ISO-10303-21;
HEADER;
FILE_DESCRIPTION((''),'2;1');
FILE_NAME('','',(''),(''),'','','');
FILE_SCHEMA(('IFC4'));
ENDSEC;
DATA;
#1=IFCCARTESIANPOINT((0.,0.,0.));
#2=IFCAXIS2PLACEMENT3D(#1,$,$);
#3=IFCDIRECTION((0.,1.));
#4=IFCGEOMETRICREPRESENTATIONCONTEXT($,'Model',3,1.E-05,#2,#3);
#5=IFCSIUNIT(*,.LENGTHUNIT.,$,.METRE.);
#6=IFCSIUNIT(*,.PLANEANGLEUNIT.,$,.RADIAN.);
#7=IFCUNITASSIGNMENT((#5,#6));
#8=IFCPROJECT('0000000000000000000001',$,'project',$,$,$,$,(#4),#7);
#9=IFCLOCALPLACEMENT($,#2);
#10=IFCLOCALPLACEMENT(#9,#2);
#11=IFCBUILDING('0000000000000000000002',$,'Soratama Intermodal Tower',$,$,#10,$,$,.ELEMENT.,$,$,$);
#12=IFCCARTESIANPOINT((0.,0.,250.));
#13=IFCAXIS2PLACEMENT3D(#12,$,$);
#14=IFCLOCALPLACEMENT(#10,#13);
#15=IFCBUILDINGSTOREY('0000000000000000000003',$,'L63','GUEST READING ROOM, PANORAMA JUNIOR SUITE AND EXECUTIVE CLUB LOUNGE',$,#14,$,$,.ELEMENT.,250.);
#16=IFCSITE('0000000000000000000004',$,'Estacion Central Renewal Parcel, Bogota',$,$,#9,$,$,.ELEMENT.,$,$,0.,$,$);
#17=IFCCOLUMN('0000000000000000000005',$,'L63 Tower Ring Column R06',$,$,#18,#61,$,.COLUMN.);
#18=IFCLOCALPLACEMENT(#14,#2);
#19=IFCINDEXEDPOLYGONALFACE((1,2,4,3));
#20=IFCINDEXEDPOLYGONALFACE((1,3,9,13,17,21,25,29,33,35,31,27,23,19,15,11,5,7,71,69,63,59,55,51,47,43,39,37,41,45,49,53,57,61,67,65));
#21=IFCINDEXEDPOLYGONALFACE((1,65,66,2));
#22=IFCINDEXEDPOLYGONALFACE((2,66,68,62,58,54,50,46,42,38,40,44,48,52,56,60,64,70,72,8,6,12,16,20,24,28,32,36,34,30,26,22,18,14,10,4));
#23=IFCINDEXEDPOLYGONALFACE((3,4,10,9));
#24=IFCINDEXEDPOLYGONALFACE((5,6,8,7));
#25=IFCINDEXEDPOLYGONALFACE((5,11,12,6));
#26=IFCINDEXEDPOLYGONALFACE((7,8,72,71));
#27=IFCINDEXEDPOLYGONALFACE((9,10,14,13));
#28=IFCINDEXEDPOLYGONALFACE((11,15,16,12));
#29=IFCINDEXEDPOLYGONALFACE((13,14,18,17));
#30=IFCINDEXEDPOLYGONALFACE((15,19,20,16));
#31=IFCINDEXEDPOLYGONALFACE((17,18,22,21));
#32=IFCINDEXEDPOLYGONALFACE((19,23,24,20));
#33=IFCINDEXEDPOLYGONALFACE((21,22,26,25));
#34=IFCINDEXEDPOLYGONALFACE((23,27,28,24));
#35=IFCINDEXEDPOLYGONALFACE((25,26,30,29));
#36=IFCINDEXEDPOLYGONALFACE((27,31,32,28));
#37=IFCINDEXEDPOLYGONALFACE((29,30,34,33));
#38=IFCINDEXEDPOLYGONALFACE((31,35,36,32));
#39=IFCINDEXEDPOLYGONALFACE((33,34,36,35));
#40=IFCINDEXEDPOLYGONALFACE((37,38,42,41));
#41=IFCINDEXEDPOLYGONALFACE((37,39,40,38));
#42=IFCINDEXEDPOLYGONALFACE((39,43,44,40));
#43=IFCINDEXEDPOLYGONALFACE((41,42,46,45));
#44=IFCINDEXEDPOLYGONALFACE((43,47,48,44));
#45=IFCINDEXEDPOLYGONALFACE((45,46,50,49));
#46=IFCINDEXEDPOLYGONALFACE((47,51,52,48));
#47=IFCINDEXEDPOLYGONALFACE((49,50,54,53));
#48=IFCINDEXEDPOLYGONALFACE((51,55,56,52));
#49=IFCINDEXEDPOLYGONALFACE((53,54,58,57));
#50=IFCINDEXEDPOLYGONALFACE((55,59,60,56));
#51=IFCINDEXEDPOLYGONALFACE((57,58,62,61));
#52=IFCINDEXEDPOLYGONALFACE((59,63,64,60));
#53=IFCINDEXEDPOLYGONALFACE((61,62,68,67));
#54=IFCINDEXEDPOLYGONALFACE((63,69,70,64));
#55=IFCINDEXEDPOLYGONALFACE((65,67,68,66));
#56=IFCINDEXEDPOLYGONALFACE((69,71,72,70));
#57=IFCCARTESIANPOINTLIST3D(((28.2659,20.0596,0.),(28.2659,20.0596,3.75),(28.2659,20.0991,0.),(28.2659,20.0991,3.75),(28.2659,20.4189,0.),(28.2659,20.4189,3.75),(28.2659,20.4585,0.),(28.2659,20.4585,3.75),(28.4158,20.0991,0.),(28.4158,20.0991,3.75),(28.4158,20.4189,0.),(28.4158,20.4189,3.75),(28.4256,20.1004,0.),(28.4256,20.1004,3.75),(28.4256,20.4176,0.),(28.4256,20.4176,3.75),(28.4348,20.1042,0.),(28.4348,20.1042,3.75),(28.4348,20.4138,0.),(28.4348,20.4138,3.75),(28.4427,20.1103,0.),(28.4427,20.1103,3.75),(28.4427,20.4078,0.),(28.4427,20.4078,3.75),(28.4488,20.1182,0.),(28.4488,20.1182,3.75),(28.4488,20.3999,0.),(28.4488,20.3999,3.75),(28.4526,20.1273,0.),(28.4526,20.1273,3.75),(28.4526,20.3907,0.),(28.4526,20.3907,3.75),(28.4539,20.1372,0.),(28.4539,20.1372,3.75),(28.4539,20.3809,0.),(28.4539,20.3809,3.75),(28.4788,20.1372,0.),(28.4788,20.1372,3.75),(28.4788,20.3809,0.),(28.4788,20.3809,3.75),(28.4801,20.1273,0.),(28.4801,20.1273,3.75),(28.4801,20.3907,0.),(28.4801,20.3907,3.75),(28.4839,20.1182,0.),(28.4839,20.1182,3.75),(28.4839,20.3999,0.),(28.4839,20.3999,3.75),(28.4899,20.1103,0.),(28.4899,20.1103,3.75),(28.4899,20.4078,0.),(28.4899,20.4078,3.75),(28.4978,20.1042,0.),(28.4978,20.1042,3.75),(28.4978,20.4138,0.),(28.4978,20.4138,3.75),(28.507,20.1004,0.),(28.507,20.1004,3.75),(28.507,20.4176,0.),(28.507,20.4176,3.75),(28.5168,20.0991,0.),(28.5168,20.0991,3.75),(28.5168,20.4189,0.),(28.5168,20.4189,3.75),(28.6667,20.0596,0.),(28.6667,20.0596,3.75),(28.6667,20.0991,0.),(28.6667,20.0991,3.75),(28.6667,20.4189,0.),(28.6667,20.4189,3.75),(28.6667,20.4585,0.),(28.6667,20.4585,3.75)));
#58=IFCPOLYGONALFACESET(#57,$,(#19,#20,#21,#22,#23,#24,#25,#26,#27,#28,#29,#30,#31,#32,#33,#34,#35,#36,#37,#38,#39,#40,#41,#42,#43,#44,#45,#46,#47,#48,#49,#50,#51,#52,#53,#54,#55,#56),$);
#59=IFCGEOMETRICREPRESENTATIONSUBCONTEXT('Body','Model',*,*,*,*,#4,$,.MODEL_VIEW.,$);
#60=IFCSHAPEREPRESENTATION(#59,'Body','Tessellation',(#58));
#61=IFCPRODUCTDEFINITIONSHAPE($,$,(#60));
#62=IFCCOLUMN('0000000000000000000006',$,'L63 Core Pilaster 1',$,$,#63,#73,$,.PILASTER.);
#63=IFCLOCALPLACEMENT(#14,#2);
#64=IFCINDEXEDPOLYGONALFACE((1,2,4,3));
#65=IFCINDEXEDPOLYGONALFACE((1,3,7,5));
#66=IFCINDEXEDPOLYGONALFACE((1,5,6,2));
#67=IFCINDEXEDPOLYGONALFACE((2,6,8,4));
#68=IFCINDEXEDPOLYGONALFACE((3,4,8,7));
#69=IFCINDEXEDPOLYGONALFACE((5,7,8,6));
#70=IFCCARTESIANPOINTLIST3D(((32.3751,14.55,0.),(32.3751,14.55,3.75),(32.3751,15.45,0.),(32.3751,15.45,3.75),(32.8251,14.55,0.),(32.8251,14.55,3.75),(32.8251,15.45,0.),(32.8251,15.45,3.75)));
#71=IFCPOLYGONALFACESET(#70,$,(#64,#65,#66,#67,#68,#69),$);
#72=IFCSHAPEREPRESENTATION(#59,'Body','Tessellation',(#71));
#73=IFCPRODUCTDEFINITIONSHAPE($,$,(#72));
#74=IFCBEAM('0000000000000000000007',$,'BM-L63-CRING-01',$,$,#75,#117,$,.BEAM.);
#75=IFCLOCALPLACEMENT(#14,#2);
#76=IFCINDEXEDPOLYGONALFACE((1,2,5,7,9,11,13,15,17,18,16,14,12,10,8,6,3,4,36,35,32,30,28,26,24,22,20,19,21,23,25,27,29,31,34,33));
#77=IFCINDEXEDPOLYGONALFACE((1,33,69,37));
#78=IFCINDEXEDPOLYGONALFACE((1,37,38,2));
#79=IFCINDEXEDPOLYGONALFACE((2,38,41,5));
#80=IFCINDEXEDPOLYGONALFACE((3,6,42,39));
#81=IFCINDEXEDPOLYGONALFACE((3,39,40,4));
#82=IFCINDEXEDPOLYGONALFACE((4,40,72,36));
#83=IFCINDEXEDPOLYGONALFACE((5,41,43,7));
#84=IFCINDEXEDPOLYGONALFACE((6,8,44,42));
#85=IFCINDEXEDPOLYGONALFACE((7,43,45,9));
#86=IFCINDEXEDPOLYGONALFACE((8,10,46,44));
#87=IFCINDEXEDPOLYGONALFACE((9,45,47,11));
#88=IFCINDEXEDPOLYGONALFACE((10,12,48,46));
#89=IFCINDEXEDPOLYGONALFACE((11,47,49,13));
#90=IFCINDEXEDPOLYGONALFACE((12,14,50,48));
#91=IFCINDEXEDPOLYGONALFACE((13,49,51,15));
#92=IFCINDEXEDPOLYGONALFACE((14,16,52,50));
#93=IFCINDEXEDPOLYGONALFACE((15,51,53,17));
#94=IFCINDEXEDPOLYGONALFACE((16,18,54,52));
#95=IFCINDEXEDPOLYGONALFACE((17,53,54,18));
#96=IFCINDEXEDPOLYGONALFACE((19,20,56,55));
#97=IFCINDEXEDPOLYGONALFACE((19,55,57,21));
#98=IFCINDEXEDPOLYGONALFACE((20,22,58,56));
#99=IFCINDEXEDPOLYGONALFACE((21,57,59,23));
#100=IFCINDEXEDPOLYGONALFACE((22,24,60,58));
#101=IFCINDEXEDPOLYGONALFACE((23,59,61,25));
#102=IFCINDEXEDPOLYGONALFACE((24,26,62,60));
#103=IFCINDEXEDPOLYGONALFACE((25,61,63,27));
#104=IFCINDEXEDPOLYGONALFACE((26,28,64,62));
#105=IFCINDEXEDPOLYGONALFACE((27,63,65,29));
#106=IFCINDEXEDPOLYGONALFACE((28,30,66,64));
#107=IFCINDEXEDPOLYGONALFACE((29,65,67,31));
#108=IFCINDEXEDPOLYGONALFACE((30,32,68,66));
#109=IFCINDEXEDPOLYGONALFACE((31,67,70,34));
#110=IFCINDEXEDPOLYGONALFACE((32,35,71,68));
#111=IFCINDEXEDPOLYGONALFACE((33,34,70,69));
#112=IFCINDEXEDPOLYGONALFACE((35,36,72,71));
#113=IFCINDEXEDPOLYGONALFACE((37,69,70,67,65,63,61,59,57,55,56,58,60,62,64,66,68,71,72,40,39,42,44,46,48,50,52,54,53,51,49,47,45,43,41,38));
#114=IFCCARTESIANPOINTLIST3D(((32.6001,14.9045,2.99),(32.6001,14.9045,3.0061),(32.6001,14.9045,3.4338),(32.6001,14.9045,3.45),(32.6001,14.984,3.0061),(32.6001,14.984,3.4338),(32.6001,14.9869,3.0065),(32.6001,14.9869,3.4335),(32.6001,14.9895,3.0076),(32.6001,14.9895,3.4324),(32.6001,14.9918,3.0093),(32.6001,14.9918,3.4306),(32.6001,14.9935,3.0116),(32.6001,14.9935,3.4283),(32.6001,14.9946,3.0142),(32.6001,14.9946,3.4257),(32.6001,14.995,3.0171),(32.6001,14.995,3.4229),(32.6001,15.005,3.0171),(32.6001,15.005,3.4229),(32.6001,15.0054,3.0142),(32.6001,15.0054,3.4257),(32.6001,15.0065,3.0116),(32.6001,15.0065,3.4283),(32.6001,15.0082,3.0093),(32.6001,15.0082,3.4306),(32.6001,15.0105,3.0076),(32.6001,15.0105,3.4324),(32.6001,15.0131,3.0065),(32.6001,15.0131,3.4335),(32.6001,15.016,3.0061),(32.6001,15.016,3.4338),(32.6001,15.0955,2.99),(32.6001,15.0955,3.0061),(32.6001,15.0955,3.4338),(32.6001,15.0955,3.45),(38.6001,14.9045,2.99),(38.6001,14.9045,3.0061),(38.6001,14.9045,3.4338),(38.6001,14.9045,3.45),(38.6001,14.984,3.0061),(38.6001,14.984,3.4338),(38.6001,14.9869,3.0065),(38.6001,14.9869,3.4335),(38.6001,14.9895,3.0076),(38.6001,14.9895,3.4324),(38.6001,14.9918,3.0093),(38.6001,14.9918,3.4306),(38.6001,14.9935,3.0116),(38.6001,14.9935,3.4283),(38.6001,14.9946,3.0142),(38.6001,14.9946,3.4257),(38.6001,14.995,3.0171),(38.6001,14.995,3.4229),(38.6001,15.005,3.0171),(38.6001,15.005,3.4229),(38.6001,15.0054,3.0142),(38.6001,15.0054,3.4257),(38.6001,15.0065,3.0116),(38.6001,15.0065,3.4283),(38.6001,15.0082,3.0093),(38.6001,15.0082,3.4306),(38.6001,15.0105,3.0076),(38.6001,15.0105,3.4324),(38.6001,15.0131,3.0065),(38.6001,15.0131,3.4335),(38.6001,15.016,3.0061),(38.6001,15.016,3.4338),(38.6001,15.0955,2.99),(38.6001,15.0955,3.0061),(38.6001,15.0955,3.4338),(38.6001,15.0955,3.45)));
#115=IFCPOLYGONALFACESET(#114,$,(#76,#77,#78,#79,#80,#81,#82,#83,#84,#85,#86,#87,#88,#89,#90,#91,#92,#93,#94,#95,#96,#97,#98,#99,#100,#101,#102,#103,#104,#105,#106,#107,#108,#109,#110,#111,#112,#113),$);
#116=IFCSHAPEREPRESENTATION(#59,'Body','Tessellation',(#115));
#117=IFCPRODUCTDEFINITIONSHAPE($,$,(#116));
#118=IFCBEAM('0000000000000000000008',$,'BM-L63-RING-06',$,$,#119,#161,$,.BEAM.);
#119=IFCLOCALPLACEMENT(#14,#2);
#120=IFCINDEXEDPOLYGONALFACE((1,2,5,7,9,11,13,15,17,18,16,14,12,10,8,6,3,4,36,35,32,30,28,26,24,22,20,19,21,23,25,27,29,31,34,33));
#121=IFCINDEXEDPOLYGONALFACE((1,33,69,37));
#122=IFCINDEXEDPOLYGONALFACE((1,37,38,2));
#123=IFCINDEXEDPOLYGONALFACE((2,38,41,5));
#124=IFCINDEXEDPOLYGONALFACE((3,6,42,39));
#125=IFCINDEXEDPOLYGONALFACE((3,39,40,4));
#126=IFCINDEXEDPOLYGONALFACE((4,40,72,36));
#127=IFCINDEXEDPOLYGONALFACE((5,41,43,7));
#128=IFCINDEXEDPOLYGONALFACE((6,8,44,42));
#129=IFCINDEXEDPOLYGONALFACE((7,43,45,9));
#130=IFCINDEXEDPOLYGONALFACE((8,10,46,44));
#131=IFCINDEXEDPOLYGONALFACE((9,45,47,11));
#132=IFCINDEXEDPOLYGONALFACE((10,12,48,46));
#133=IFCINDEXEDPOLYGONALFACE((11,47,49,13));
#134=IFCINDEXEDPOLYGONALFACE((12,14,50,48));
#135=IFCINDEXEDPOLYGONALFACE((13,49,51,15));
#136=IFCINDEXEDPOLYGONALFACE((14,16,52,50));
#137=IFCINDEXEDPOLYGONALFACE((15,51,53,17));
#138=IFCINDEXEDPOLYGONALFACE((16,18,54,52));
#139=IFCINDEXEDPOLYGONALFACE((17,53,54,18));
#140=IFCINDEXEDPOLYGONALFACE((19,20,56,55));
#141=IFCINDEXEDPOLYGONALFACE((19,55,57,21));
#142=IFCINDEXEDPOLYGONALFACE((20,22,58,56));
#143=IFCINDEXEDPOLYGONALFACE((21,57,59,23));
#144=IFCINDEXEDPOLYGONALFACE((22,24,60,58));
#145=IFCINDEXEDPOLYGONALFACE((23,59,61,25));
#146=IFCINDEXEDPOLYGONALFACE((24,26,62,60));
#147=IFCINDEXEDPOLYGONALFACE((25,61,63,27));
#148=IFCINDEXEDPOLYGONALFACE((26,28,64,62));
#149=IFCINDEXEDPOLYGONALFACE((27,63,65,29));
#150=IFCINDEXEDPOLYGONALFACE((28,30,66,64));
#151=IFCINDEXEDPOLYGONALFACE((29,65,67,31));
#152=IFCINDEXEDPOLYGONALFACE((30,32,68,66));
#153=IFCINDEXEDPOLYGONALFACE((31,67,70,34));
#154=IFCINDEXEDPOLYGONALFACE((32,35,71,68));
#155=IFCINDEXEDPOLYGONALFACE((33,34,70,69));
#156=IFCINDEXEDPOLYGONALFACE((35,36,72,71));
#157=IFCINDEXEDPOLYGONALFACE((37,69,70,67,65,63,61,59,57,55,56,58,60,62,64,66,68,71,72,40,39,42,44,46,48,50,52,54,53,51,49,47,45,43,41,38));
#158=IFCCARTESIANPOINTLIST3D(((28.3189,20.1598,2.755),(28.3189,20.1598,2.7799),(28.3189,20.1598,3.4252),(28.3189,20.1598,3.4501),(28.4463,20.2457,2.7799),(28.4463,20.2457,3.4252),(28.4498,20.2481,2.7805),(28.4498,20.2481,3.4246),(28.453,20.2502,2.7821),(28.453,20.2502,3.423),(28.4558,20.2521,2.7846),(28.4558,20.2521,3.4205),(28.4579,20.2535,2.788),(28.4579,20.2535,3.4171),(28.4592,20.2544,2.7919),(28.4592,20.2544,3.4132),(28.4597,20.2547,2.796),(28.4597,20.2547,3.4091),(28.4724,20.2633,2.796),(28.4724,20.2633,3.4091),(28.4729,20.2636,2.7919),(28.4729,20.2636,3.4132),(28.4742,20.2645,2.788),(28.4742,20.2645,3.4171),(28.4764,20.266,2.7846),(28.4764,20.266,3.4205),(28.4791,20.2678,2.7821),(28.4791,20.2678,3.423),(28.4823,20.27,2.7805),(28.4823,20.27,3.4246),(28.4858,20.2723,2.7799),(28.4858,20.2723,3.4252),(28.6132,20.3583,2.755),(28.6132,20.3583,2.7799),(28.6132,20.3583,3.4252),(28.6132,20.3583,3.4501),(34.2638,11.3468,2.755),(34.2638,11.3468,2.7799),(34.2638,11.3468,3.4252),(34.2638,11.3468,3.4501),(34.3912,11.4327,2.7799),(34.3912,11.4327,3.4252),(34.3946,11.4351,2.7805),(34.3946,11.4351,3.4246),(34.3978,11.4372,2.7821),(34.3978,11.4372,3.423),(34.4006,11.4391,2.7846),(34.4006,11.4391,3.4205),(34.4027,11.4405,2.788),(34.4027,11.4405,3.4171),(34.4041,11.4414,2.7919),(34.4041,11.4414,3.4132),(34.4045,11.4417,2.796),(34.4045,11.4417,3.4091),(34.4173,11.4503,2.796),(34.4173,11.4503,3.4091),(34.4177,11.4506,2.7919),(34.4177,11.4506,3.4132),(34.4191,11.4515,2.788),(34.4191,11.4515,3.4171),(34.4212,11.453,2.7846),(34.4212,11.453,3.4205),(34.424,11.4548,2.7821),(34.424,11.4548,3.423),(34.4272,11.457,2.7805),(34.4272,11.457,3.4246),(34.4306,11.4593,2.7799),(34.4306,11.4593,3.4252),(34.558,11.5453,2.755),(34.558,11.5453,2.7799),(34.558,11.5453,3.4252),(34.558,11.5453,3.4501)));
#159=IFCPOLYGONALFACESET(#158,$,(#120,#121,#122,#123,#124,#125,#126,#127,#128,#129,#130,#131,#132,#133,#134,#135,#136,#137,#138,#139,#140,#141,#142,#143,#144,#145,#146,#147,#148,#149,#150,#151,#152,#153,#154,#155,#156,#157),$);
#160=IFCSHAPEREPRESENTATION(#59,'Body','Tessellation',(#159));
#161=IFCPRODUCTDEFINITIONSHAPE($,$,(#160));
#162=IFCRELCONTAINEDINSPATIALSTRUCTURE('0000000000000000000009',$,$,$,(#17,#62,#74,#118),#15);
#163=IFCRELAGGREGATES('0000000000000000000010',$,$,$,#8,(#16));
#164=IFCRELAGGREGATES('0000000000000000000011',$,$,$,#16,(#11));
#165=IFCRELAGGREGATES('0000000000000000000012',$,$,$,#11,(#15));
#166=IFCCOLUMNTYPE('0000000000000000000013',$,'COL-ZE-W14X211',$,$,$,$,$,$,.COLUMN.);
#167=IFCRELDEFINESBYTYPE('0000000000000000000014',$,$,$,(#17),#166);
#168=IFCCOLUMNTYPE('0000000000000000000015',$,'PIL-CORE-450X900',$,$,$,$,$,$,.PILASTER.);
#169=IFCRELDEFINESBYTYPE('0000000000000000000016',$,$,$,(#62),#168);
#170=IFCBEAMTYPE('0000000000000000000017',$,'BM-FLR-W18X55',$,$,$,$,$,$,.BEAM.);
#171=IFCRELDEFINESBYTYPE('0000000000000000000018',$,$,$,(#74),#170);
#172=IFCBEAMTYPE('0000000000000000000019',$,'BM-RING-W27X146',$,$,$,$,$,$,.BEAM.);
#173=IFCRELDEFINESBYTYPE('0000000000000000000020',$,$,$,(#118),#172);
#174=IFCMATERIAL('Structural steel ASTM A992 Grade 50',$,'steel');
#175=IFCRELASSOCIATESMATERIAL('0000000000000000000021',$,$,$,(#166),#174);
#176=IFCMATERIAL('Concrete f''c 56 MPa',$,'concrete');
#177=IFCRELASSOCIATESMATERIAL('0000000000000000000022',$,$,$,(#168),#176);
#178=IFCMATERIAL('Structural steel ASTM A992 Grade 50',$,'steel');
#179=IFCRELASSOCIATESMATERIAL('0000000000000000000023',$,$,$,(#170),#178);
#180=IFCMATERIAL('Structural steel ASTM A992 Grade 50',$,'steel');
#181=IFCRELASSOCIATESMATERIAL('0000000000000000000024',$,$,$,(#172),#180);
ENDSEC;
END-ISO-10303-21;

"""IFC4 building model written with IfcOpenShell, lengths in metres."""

from ifc_helpers import new_model, si_unit, direction, frame, origin, origin_2d, place, context, subcontext, project, spatial, rectangle, i_section, extrude, material, material_profile, profile_set, type_object, element, save


model = new_model("IFC4")

# Units and contexts
model_context = context("Model", 3, precision=1e-05, world=origin(), true_north=direction((0.0, 1.0)))
body_context = subcontext(model_context, "Body", "Model", "MODEL_VIEW")
ifc_project = project(units=[si_unit("LENGTHUNIT", "METRE"), si_unit("PLANEANGLEUNIT", "RADIAN")], contexts=[model_context])

# Site, building, storey
site_placement = place(None, origin())
site = spatial("IfcSite", under=ifc_project, at=site_placement, Name="Estacion Central Renewal Parcel, Bogota", CompositionType="ELEMENT", RefElevation=0.0)
building_placement = place(site_placement, origin())
building = spatial("IfcBuilding", under=site, at=building_placement, Name="Soratama Intermodal Tower", CompositionType="ELEMENT")
storey_placement = place(building_placement, frame((0.0, 0.0, 250.0)))
storey = spatial("IfcBuildingStorey", under=building, at=storey_placement, Name="L63", Description="GUEST READING ROOM, PANORAMA JUNIOR SUITE AND EXECUTIVE CLUB LOUNGE", CompositionType="ELEMENT", Elevation=250.0)

# Columns
ifc_material_1 = material(Name="Structural steel ASTM A992 Grade 50", Category="steel")
ifc_material_profile_1 = material_profile(ifc_material_1, i_section(OverallWidth=0.4009, OverallDepth=0.3989, WebThickness=0.0249, FlangeThickness=0.0396, FilletRadius=0.0381, at=origin_2d()), Name="W14X211")
ifc_profile_set_1 = profile_set([ifc_material_profile_1], Name="Structural steel ASTM A992 Grade 50")
column_type_1 = type_object("IfcColumnType", Name="COL-ZE-W14X211", PredefinedType="COLUMN", material=ifc_profile_set_1)
column_1_placement = place(storey_placement, frame((28.4663, 20.259, 0.0), z_axis=(0.0, 0.0, 1.0), x_axis=(1.0, 0.0, 0.0)))
element("IfcColumn", 1, at=column_1_placement, inside=storey, type_object=column_type_1, Name="L63 Tower Ring Column R06", PredefinedType="COLUMN", context=body_context, shape_type="SweptSolid", body=[
    extrude(i_section(OverallWidth=0.4009, OverallDepth=0.3989, WebThickness=0.0249, FlangeThickness=0.0396, FilletRadius=0.0381, at=origin_2d()), origin(), (0.0, 0.0, 1.0), 3.75),
])
ifc_material_2 = material(Name="Concrete f'c 56 MPa", Category="concrete")
ifc_material_profile_2 = material_profile(ifc_material_2, rectangle(XDim=0.45, YDim=0.8999, at=origin_2d()), Name="RC450X900")
ifc_profile_set_2 = profile_set([ifc_material_profile_2], Name="Concrete f'c 56 MPa")
column_type_2 = type_object("IfcColumnType", Name="PIL-CORE-450X900", PredefinedType="PILASTER", material=ifc_profile_set_2)
column_2_placement = place(storey_placement, frame((32.6001, 15.0, 0.0), z_axis=(0.0, 0.0, 1.0), x_axis=(1.0, 0.0, 0.0)))
element("IfcColumn", 2, at=column_2_placement, inside=storey, type_object=column_type_2, Name="L63 Core Pilaster 1", PredefinedType="PILASTER", context=body_context, shape_type="SweptSolid", body=[
    extrude(rectangle(XDim=0.45, YDim=0.8999, at=origin_2d()), origin(), (0.0, 0.0, 1.0), 3.75),
])

# Beams
ifc_material_3 = material(Name="Structural steel ASTM A992 Grade 50", Category="steel")
ifc_material_profile_3 = material_profile(ifc_material_3, i_section(OverallWidth=0.1909, OverallDepth=0.46, WebThickness=0.01, FlangeThickness=0.0161, FilletRadius=0.011, at=origin_2d()), Name="W18X55")
ifc_profile_set_3 = profile_set([ifc_material_profile_3], Name="Structural steel ASTM A992 Grade 50")
beam_type_1 = type_object("IfcBeamType", Name="BM-FLR-W18X55", PredefinedType="BEAM", material=ifc_profile_set_3)
beam_1_placement = place(storey_placement, frame((32.6001, 15.0, 3.22), z_axis=(1.0, 0.0, 0.0), x_axis=(0.0, 1.0, 0.0)))
element("IfcBeam", 3, at=beam_1_placement, inside=storey, type_object=beam_type_1, Name="BM-L63-CRING-01", PredefinedType="BEAM", context=body_context, shape_type="SweptSolid", body=[
    extrude(i_section(OverallWidth=0.1909, OverallDepth=0.46, WebThickness=0.01, FlangeThickness=0.0161, FilletRadius=0.011, at=origin_2d()), origin(), (0.0, 0.0, 1.0), 6.0),
])
ifc_material_4 = material(Name="Structural steel ASTM A992 Grade 50", Category="steel")
ifc_material_profile_4 = material_profile(ifc_material_4, i_section(OverallWidth=0.355, OverallDepth=0.6951, WebThickness=0.0154, FlangeThickness=0.0249, FilletRadius=0.0161, at=origin_2d()), Name="W27X146")
ifc_profile_set_4 = profile_set([ifc_material_profile_4], Name="Structural steel ASTM A992 Grade 50")
beam_type_2 = type_object("IfcBeamType", Name="BM-RING-W27X146", PredefinedType="BEAM", material=ifc_profile_set_4)
beam_2_placement = place(storey_placement, frame((28.4661, 20.259, 3.1025), z_axis=(0.559218, -0.829021, 0.0), x_axis=(0.829021, 0.559218, 0.0)))
element("IfcBeam", 4, at=beam_2_placement, inside=storey, type_object=beam_type_2, Name="BM-L63-RING-06", PredefinedType="BEAM", context=body_context, shape_type="SweptSolid", body=[
    extrude(i_section(OverallWidth=0.355, OverallDepth=0.6951, WebThickness=0.0154, FlangeThickness=0.0249, FilletRadius=0.0161, at=origin_2d()), origin(), (0.0, 0.0, 1.0), 10.6306),
])

save(model, "model.ifc")
